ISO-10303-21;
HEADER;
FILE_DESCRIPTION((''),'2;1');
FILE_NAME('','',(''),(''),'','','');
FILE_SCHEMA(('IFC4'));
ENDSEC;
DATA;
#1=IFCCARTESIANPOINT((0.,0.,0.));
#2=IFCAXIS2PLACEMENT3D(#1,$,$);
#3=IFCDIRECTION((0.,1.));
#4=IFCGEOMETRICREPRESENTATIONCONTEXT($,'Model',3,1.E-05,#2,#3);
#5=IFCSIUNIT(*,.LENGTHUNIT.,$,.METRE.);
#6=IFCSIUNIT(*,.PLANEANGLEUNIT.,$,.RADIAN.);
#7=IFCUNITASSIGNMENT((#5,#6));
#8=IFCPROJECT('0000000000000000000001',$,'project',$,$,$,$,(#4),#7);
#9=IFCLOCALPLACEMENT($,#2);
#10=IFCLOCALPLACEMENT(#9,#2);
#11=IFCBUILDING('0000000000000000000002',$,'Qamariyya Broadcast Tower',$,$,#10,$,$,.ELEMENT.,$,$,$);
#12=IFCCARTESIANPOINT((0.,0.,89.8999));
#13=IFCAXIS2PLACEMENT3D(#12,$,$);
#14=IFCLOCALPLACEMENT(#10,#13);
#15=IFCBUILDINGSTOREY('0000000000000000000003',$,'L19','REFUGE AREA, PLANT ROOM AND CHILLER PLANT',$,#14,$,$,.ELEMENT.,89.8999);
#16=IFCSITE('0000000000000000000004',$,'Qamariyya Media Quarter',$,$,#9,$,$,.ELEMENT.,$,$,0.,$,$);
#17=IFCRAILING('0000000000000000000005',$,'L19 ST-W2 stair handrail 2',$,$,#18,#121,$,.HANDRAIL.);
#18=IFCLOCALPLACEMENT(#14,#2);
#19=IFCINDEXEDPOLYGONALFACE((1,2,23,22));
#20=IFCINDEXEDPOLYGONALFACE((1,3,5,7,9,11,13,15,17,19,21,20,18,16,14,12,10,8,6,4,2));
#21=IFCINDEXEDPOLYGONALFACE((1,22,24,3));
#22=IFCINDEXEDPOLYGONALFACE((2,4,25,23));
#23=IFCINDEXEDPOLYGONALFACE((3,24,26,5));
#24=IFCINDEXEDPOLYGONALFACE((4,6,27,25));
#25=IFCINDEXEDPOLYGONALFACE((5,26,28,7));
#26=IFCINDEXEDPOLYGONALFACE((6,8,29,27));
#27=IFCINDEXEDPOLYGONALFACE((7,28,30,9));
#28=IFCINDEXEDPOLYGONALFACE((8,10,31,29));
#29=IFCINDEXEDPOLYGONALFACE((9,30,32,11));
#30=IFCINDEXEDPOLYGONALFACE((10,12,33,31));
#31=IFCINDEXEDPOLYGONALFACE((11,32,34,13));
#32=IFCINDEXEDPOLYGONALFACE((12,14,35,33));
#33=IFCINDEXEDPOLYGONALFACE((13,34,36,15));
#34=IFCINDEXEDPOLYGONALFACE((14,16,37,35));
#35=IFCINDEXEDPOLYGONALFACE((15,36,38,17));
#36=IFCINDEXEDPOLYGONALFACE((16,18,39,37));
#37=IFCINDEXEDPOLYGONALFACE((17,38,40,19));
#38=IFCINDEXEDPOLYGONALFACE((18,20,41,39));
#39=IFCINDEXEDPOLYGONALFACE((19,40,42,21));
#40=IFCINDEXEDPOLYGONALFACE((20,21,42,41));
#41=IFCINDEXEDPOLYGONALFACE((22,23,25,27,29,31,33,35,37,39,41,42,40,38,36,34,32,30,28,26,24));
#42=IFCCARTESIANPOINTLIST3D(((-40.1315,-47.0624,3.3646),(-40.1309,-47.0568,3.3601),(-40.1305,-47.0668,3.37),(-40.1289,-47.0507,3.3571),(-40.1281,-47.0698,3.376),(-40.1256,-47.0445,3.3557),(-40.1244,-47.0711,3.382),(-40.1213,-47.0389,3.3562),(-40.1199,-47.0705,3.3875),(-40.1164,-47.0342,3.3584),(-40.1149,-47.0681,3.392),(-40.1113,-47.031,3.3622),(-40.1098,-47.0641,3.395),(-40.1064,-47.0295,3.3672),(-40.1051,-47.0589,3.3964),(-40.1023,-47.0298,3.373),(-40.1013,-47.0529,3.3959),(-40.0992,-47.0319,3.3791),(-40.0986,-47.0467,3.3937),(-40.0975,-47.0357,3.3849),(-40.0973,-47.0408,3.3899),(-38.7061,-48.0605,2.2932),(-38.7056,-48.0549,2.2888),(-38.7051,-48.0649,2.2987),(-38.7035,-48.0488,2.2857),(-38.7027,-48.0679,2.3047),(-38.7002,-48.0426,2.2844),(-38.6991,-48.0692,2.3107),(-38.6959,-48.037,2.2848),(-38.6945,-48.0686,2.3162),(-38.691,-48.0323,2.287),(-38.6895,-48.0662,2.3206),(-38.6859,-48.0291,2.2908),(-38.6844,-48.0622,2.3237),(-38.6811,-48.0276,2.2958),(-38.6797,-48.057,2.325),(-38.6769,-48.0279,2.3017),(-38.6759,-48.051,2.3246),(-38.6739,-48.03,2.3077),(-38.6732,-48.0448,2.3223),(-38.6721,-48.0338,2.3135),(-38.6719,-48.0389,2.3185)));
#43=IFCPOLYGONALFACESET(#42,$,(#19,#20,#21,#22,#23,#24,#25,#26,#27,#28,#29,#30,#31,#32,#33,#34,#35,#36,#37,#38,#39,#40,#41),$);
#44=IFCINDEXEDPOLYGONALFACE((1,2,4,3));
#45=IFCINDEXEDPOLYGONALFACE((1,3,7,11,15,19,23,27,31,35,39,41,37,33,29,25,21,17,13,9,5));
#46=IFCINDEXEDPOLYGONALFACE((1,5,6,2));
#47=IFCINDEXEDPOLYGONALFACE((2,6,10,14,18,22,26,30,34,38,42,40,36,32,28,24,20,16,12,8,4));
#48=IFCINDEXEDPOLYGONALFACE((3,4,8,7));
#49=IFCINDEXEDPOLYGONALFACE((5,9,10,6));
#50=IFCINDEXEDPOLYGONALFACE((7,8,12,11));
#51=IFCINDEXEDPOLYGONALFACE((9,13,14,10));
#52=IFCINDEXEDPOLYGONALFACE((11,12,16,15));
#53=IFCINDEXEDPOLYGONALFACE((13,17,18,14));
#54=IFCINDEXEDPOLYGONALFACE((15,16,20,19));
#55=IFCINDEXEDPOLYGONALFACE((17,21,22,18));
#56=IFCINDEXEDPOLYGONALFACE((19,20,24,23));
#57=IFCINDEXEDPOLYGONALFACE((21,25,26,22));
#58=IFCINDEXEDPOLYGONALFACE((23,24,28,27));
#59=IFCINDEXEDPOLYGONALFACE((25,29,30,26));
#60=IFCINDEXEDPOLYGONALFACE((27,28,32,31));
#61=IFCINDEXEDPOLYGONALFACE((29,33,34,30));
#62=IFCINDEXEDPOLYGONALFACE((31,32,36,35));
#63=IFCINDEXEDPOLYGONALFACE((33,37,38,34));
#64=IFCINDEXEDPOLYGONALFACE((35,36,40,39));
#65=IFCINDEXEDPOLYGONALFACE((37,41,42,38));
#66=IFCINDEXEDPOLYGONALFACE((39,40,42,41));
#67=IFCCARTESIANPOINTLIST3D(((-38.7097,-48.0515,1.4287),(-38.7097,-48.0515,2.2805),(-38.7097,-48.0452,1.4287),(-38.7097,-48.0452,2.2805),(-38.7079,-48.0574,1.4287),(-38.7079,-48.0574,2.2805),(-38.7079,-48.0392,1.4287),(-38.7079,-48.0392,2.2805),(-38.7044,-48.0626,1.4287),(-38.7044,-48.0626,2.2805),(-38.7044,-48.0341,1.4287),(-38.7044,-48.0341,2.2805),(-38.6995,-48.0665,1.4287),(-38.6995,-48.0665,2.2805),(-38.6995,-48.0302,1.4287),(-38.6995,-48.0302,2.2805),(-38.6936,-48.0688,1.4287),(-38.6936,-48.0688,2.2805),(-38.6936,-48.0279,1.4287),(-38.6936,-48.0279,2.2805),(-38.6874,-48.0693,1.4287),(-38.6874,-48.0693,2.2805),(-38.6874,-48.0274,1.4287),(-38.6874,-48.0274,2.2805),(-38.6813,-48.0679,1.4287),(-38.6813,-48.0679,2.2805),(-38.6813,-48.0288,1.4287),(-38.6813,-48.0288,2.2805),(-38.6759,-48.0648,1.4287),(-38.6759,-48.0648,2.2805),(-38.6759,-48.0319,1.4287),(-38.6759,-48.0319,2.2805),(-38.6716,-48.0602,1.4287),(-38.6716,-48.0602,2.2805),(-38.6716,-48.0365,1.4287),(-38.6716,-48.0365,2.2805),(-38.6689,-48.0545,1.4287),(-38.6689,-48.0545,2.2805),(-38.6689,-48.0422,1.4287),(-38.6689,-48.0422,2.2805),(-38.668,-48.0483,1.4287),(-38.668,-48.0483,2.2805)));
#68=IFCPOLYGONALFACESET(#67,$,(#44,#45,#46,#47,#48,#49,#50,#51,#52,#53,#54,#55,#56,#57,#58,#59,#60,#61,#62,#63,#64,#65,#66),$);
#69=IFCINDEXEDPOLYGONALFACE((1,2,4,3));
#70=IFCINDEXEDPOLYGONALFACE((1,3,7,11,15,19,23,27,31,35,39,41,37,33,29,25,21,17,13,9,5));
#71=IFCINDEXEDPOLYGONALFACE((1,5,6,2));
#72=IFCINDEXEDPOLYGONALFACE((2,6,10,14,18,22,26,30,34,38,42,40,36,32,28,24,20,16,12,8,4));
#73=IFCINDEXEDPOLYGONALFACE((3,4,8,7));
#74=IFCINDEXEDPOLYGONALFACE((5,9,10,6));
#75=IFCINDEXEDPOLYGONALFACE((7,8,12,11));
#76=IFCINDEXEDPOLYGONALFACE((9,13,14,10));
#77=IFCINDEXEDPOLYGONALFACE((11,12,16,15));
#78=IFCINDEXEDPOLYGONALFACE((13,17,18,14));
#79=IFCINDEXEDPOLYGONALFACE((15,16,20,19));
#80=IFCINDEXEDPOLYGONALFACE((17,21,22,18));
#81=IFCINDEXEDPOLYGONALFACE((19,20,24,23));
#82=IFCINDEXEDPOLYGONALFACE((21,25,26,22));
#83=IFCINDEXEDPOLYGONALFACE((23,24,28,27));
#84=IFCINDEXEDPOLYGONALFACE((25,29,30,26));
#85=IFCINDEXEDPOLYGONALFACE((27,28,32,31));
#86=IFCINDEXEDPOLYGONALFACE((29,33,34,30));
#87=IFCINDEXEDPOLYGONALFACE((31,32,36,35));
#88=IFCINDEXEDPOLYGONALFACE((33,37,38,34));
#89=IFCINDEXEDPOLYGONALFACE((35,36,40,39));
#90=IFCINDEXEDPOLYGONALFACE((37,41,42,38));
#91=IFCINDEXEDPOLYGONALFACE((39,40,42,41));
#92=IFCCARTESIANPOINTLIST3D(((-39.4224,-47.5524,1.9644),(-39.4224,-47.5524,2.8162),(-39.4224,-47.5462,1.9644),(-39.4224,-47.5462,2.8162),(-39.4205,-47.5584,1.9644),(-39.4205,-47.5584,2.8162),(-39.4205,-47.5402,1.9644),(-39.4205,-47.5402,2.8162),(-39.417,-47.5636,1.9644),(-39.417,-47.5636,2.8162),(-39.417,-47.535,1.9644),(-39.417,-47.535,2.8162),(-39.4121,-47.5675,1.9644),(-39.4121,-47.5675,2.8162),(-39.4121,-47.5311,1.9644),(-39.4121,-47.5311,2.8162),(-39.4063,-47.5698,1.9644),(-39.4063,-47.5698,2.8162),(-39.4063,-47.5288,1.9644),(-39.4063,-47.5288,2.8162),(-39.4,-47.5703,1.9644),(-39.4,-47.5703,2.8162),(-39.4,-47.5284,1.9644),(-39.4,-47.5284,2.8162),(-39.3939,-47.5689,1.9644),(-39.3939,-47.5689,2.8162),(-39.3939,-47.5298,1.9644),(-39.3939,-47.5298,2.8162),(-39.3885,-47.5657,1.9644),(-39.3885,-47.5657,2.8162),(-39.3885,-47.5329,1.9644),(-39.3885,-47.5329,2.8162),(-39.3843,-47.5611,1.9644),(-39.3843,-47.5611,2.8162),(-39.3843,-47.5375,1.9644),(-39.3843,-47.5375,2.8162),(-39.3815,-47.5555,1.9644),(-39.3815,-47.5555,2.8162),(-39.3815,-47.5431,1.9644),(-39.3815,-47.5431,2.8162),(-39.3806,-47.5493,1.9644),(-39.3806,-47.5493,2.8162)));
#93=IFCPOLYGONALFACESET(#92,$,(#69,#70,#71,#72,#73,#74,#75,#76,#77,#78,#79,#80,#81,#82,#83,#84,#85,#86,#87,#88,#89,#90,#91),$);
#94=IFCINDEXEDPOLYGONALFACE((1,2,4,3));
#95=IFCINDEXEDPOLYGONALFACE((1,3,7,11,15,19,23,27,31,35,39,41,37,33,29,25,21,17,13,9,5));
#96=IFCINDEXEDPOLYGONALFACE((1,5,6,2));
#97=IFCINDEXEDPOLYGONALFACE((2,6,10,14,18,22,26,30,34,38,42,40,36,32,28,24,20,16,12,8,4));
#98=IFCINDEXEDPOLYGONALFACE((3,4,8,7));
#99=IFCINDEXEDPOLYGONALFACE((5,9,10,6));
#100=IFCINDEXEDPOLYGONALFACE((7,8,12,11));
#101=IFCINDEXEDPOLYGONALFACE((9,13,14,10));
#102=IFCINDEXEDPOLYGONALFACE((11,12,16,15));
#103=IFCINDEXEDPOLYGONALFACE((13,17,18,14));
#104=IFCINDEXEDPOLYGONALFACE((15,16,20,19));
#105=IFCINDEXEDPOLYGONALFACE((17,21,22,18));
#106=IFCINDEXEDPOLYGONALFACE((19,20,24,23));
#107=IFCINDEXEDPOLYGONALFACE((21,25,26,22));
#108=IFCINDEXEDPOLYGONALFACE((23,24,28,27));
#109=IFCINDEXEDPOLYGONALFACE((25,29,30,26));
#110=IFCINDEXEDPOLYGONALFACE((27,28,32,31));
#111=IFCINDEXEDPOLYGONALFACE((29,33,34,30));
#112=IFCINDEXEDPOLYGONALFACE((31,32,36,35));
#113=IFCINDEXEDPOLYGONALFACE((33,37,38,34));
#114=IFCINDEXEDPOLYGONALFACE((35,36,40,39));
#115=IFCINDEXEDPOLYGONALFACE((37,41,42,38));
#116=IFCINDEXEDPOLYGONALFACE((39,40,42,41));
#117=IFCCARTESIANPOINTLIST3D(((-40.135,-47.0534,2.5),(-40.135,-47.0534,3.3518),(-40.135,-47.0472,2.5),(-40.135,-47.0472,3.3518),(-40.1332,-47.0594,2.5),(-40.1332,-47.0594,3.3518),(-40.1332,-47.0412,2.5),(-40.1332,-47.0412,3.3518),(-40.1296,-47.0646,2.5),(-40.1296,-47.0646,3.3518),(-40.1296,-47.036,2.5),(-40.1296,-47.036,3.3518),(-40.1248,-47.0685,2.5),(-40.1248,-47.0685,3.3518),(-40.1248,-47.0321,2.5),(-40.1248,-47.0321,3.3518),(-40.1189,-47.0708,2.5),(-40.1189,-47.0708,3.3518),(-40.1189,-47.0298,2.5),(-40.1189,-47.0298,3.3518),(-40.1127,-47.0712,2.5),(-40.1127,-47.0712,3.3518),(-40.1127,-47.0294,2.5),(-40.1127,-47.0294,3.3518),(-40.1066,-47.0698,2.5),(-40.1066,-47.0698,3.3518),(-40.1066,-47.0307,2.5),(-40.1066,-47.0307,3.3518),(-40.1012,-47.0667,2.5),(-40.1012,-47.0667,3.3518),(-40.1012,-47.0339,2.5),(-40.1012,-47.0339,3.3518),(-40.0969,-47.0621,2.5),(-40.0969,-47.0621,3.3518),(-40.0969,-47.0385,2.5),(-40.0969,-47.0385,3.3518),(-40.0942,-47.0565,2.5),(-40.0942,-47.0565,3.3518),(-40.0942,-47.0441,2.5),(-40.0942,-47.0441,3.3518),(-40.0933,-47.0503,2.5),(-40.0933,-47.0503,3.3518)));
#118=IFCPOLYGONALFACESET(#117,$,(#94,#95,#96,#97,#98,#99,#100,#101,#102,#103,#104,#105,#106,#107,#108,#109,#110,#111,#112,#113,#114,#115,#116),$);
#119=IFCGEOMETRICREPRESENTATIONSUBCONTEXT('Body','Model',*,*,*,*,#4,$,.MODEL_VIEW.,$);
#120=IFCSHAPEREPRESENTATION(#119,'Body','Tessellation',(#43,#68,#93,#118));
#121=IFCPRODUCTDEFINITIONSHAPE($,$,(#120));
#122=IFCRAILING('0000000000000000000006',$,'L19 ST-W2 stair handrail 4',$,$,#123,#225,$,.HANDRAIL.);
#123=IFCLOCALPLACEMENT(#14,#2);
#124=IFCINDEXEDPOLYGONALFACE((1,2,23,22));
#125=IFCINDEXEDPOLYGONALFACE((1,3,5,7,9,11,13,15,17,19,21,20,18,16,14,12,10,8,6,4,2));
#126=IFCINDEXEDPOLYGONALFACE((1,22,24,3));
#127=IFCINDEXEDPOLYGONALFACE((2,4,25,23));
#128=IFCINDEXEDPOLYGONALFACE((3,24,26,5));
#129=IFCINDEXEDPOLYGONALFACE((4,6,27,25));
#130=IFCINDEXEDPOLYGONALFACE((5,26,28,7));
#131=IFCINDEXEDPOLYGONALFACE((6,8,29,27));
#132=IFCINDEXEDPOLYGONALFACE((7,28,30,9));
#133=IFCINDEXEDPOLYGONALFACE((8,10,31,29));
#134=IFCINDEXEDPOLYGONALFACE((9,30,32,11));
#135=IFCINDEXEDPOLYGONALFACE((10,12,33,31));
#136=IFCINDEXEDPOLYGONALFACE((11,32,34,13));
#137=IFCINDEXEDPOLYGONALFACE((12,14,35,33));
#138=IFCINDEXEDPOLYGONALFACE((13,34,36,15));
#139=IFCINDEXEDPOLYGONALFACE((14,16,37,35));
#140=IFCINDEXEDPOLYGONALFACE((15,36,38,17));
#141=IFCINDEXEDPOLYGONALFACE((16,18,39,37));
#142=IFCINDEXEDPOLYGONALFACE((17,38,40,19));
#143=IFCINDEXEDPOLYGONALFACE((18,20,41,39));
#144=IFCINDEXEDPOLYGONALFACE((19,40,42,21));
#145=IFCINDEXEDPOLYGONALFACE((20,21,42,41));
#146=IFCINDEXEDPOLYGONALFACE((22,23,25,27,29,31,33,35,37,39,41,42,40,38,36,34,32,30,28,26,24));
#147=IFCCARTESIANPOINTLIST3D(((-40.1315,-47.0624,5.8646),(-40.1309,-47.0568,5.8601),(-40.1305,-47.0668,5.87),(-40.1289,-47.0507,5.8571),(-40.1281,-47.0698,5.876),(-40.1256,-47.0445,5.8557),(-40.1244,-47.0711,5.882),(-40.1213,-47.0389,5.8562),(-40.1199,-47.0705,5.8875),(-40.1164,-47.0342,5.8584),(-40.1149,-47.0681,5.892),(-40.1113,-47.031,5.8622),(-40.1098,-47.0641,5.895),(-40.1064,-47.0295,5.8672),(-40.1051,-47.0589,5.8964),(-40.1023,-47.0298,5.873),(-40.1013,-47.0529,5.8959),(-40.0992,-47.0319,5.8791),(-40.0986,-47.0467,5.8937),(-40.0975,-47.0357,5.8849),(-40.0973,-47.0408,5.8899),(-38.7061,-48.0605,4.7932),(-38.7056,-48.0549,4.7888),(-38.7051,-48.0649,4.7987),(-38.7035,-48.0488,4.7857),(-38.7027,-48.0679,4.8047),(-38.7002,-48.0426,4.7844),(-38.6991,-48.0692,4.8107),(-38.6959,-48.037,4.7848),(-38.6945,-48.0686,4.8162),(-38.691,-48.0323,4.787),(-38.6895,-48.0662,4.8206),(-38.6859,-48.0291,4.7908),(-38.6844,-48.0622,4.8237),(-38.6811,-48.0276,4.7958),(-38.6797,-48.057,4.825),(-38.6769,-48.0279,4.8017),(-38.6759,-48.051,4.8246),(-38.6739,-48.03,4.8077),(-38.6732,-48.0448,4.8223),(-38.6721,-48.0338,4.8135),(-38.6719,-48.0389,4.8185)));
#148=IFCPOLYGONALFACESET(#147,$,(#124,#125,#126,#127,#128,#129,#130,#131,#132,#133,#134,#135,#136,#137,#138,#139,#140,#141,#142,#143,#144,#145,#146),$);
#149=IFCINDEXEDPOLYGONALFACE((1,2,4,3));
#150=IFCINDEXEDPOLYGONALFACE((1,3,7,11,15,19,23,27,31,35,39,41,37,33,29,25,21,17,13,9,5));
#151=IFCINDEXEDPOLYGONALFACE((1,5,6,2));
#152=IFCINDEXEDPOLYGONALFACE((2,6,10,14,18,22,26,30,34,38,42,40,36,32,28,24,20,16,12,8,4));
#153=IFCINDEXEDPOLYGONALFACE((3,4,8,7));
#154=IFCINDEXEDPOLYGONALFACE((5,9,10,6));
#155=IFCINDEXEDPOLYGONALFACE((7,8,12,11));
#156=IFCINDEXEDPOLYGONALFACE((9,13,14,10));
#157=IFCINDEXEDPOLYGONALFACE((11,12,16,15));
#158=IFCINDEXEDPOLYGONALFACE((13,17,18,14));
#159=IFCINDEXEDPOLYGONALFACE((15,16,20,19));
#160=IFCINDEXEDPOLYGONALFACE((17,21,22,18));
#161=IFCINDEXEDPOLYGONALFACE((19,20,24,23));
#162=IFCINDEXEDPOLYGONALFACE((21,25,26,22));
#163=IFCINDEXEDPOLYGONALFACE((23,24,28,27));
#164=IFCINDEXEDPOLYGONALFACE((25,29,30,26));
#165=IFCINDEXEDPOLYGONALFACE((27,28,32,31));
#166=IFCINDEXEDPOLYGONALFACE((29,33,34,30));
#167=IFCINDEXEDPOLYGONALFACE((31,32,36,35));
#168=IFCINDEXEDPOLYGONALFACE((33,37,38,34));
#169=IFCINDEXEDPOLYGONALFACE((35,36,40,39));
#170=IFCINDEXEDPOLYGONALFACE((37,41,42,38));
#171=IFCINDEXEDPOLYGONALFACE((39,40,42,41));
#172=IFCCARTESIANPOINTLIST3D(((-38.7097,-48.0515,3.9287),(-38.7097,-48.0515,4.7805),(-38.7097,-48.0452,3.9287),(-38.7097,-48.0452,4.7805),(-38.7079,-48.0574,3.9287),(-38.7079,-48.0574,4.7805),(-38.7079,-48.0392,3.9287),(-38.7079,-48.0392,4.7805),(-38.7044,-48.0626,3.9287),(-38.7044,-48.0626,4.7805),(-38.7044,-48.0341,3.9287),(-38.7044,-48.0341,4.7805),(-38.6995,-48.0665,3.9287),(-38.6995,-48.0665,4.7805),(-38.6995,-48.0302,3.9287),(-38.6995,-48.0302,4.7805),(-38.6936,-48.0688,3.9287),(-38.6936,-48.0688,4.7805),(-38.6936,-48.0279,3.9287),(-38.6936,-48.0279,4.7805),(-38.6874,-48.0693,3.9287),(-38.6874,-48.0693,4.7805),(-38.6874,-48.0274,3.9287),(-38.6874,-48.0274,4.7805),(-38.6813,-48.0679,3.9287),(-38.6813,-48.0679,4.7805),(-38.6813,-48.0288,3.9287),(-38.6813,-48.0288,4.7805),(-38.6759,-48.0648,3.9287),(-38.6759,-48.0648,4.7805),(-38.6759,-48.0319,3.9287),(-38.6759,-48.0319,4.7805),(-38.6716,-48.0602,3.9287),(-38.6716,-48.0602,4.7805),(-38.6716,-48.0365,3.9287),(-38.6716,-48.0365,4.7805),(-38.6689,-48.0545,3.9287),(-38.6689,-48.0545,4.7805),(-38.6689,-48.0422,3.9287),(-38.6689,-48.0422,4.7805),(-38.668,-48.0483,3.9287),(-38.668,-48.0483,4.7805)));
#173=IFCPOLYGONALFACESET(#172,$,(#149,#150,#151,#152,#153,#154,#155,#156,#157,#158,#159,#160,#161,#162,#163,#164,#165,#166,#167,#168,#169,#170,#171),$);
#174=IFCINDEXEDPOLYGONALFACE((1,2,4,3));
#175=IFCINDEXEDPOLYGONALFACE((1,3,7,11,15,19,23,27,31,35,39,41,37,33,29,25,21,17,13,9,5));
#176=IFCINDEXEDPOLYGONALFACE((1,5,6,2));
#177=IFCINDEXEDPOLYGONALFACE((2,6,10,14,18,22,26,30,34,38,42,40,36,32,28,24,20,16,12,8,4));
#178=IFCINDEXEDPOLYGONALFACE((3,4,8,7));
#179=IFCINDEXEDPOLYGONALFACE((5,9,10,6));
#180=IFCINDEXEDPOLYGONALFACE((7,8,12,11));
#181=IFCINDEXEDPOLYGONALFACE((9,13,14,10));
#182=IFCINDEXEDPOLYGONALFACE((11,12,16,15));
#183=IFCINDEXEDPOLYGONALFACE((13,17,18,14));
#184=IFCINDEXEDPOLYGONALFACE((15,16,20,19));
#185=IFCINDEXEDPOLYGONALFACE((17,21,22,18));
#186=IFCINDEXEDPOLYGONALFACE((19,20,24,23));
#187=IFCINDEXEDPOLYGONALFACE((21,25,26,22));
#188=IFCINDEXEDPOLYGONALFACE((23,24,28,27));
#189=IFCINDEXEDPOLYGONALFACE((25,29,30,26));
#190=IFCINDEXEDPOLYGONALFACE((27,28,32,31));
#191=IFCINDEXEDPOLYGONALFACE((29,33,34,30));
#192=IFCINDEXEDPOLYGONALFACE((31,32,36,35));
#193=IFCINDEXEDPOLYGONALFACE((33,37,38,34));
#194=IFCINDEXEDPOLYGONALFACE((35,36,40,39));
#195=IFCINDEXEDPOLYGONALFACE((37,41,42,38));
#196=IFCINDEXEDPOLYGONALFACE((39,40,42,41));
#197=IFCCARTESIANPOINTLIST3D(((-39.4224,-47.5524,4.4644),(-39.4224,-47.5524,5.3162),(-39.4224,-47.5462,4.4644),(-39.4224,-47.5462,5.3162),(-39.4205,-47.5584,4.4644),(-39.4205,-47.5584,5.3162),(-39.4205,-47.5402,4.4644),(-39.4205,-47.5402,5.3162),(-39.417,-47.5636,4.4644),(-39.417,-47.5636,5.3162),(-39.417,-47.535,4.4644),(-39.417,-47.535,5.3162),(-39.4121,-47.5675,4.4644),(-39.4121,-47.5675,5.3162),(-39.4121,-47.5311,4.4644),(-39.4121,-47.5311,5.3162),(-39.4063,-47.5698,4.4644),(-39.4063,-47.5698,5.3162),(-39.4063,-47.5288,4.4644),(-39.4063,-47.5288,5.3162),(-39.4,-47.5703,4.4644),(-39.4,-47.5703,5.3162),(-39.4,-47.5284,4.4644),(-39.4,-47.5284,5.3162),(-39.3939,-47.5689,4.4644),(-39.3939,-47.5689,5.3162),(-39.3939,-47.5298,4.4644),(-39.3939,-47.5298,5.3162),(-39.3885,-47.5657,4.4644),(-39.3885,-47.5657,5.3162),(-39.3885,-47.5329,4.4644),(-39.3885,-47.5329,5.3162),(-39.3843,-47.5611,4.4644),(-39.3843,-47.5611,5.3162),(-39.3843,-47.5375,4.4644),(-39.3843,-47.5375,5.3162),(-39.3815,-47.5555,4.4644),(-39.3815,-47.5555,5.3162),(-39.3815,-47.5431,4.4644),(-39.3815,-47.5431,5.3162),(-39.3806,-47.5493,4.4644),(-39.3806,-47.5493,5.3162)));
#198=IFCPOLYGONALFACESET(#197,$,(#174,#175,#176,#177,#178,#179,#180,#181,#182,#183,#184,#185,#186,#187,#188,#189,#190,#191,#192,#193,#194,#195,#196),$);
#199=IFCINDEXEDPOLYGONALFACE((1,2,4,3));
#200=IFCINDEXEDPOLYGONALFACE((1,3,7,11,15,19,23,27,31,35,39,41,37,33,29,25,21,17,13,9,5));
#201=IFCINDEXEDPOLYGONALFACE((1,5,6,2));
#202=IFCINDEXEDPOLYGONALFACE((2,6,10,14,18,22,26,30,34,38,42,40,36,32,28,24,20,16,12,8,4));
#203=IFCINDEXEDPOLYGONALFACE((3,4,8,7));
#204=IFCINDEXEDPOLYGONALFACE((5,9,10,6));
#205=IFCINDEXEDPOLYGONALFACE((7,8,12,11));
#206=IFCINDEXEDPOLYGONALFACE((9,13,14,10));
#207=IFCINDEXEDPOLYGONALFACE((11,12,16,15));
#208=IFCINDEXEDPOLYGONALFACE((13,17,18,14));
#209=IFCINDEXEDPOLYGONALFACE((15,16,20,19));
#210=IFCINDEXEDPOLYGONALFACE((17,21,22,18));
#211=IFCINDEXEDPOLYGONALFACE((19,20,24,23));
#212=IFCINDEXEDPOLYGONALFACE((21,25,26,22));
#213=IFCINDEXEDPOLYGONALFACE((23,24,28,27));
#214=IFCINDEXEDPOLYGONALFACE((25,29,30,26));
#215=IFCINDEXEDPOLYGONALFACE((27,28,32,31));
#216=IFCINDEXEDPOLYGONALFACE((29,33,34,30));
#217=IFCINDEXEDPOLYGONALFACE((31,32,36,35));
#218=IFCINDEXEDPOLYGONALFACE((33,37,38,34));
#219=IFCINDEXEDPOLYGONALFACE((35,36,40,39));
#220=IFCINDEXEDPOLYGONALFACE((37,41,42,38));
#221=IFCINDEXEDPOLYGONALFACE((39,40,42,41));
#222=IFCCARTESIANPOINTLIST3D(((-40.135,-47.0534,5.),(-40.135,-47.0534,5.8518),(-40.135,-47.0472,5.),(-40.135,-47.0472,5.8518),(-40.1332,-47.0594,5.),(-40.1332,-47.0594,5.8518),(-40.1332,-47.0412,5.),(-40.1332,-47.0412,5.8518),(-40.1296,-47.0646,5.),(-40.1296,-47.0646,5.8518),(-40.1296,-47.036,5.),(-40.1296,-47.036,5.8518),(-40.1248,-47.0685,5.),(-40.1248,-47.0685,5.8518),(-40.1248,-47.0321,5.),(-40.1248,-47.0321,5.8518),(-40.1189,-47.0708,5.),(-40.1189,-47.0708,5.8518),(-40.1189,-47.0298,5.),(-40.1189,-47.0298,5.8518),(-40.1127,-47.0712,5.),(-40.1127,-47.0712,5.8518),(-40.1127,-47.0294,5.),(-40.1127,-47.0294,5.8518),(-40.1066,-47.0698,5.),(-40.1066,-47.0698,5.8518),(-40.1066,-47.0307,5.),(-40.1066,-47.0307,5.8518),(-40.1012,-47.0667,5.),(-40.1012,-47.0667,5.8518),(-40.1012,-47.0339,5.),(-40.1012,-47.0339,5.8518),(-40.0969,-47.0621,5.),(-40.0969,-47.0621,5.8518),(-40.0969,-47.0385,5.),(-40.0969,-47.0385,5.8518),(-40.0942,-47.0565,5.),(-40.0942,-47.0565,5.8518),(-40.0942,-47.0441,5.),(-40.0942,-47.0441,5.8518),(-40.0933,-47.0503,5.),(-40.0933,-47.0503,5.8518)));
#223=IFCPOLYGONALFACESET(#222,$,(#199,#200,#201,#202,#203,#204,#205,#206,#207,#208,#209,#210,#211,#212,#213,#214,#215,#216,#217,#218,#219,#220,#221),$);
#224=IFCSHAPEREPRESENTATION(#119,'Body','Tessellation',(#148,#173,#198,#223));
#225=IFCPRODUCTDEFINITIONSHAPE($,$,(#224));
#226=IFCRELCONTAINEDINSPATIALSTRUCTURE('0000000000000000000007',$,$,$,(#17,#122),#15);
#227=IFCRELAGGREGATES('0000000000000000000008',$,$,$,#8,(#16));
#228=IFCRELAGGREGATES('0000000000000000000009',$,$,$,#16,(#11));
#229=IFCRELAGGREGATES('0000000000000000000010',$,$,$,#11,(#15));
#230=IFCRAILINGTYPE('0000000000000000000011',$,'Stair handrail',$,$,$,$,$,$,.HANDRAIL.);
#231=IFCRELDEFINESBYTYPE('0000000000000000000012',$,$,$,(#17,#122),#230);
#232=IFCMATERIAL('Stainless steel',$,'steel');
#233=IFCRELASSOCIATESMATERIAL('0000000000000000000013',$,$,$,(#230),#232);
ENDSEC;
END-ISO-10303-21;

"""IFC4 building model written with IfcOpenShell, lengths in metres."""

from ifc_helpers import new_model, si_unit, direction, frame, origin, origin_2d, place, context, subcontext, project, spatial, circle, extrude, material, type_object, element, save


model = new_model("IFC4")

# Units and contexts
model_context = context("Model", 3, precision=1e-05, world=origin(), true_north=direction((0.0, 1.0)))
body_context = subcontext(model_context, "Body", "Model", "MODEL_VIEW")
ifc_project = project(units=[si_unit("LENGTHUNIT", "METRE"), si_unit("PLANEANGLEUNIT", "RADIAN")], contexts=[model_context])

# Site, building, storey
site_placement = place(None, origin())
site = spatial("IfcSite", under=ifc_project, at=site_placement, Name="Qamariyya Media Quarter", CompositionType="ELEMENT", RefElevation=0.0)
building_placement = place(site_placement, origin())
building = spatial("IfcBuilding", under=site, at=building_placement, Name="Qamariyya Broadcast Tower", CompositionType="ELEMENT")
storey_placement = place(building_placement, frame((0.0, 0.0, 89.8999)))
storey = spatial("IfcBuildingStorey", under=building, at=storey_placement, Name="L19", Description="REFUGE AREA, PLANT ROOM AND CHILLER PLANT", CompositionType="ELEMENT", Elevation=89.8999)

# Railings
ifc_material_1 = material(Name="Stainless steel", Category="steel")
railing_type = type_object("IfcRailingType", Name="Stair handrail", PredefinedType="HANDRAIL", material=ifc_material_1)
for number, where, name in (
    (1, (-38.689, -48.0483, 1.4287), "L19 ST-W2 stair handrail 2"),
    (2, (-38.689, -48.0483, 3.9287), "L19 ST-W2 stair handrail 4"),
):
    element("IfcRailing", number, at=place(storey_placement, frame(where)), inside=storey, type_object=railing_type, Name=name, PredefinedType="HANDRAIL", context=body_context, shape_type="SweptSolid", body=[
        extrude(circle(Radius=0.0239, at=origin_2d()), frame((0.0, 0.0, 0.876), z_axis=(-0.697533, 0.48844, 0.524285), x_axis=(-0.573594, -0.81914, 0.0)), (0.0, 0.0, 1.0), 2.0435),
        extrude(circle(Radius=0.021, at=origin_2d()), origin(), (0.0, 0.0, 1.0), 0.8518),
        extrude(circle(Radius=0.021, at=origin_2d()), frame((-0.7126, 0.499, 0.5356)), (0.0, 0.0, 1.0), 0.8518),
        extrude(circle(Radius=0.021, at=origin_2d()), frame((-1.4253, 0.998, 1.0713)), (0.0, 0.0, 1.0), 0.8518),
    ])

save(model, "model.ifc")
